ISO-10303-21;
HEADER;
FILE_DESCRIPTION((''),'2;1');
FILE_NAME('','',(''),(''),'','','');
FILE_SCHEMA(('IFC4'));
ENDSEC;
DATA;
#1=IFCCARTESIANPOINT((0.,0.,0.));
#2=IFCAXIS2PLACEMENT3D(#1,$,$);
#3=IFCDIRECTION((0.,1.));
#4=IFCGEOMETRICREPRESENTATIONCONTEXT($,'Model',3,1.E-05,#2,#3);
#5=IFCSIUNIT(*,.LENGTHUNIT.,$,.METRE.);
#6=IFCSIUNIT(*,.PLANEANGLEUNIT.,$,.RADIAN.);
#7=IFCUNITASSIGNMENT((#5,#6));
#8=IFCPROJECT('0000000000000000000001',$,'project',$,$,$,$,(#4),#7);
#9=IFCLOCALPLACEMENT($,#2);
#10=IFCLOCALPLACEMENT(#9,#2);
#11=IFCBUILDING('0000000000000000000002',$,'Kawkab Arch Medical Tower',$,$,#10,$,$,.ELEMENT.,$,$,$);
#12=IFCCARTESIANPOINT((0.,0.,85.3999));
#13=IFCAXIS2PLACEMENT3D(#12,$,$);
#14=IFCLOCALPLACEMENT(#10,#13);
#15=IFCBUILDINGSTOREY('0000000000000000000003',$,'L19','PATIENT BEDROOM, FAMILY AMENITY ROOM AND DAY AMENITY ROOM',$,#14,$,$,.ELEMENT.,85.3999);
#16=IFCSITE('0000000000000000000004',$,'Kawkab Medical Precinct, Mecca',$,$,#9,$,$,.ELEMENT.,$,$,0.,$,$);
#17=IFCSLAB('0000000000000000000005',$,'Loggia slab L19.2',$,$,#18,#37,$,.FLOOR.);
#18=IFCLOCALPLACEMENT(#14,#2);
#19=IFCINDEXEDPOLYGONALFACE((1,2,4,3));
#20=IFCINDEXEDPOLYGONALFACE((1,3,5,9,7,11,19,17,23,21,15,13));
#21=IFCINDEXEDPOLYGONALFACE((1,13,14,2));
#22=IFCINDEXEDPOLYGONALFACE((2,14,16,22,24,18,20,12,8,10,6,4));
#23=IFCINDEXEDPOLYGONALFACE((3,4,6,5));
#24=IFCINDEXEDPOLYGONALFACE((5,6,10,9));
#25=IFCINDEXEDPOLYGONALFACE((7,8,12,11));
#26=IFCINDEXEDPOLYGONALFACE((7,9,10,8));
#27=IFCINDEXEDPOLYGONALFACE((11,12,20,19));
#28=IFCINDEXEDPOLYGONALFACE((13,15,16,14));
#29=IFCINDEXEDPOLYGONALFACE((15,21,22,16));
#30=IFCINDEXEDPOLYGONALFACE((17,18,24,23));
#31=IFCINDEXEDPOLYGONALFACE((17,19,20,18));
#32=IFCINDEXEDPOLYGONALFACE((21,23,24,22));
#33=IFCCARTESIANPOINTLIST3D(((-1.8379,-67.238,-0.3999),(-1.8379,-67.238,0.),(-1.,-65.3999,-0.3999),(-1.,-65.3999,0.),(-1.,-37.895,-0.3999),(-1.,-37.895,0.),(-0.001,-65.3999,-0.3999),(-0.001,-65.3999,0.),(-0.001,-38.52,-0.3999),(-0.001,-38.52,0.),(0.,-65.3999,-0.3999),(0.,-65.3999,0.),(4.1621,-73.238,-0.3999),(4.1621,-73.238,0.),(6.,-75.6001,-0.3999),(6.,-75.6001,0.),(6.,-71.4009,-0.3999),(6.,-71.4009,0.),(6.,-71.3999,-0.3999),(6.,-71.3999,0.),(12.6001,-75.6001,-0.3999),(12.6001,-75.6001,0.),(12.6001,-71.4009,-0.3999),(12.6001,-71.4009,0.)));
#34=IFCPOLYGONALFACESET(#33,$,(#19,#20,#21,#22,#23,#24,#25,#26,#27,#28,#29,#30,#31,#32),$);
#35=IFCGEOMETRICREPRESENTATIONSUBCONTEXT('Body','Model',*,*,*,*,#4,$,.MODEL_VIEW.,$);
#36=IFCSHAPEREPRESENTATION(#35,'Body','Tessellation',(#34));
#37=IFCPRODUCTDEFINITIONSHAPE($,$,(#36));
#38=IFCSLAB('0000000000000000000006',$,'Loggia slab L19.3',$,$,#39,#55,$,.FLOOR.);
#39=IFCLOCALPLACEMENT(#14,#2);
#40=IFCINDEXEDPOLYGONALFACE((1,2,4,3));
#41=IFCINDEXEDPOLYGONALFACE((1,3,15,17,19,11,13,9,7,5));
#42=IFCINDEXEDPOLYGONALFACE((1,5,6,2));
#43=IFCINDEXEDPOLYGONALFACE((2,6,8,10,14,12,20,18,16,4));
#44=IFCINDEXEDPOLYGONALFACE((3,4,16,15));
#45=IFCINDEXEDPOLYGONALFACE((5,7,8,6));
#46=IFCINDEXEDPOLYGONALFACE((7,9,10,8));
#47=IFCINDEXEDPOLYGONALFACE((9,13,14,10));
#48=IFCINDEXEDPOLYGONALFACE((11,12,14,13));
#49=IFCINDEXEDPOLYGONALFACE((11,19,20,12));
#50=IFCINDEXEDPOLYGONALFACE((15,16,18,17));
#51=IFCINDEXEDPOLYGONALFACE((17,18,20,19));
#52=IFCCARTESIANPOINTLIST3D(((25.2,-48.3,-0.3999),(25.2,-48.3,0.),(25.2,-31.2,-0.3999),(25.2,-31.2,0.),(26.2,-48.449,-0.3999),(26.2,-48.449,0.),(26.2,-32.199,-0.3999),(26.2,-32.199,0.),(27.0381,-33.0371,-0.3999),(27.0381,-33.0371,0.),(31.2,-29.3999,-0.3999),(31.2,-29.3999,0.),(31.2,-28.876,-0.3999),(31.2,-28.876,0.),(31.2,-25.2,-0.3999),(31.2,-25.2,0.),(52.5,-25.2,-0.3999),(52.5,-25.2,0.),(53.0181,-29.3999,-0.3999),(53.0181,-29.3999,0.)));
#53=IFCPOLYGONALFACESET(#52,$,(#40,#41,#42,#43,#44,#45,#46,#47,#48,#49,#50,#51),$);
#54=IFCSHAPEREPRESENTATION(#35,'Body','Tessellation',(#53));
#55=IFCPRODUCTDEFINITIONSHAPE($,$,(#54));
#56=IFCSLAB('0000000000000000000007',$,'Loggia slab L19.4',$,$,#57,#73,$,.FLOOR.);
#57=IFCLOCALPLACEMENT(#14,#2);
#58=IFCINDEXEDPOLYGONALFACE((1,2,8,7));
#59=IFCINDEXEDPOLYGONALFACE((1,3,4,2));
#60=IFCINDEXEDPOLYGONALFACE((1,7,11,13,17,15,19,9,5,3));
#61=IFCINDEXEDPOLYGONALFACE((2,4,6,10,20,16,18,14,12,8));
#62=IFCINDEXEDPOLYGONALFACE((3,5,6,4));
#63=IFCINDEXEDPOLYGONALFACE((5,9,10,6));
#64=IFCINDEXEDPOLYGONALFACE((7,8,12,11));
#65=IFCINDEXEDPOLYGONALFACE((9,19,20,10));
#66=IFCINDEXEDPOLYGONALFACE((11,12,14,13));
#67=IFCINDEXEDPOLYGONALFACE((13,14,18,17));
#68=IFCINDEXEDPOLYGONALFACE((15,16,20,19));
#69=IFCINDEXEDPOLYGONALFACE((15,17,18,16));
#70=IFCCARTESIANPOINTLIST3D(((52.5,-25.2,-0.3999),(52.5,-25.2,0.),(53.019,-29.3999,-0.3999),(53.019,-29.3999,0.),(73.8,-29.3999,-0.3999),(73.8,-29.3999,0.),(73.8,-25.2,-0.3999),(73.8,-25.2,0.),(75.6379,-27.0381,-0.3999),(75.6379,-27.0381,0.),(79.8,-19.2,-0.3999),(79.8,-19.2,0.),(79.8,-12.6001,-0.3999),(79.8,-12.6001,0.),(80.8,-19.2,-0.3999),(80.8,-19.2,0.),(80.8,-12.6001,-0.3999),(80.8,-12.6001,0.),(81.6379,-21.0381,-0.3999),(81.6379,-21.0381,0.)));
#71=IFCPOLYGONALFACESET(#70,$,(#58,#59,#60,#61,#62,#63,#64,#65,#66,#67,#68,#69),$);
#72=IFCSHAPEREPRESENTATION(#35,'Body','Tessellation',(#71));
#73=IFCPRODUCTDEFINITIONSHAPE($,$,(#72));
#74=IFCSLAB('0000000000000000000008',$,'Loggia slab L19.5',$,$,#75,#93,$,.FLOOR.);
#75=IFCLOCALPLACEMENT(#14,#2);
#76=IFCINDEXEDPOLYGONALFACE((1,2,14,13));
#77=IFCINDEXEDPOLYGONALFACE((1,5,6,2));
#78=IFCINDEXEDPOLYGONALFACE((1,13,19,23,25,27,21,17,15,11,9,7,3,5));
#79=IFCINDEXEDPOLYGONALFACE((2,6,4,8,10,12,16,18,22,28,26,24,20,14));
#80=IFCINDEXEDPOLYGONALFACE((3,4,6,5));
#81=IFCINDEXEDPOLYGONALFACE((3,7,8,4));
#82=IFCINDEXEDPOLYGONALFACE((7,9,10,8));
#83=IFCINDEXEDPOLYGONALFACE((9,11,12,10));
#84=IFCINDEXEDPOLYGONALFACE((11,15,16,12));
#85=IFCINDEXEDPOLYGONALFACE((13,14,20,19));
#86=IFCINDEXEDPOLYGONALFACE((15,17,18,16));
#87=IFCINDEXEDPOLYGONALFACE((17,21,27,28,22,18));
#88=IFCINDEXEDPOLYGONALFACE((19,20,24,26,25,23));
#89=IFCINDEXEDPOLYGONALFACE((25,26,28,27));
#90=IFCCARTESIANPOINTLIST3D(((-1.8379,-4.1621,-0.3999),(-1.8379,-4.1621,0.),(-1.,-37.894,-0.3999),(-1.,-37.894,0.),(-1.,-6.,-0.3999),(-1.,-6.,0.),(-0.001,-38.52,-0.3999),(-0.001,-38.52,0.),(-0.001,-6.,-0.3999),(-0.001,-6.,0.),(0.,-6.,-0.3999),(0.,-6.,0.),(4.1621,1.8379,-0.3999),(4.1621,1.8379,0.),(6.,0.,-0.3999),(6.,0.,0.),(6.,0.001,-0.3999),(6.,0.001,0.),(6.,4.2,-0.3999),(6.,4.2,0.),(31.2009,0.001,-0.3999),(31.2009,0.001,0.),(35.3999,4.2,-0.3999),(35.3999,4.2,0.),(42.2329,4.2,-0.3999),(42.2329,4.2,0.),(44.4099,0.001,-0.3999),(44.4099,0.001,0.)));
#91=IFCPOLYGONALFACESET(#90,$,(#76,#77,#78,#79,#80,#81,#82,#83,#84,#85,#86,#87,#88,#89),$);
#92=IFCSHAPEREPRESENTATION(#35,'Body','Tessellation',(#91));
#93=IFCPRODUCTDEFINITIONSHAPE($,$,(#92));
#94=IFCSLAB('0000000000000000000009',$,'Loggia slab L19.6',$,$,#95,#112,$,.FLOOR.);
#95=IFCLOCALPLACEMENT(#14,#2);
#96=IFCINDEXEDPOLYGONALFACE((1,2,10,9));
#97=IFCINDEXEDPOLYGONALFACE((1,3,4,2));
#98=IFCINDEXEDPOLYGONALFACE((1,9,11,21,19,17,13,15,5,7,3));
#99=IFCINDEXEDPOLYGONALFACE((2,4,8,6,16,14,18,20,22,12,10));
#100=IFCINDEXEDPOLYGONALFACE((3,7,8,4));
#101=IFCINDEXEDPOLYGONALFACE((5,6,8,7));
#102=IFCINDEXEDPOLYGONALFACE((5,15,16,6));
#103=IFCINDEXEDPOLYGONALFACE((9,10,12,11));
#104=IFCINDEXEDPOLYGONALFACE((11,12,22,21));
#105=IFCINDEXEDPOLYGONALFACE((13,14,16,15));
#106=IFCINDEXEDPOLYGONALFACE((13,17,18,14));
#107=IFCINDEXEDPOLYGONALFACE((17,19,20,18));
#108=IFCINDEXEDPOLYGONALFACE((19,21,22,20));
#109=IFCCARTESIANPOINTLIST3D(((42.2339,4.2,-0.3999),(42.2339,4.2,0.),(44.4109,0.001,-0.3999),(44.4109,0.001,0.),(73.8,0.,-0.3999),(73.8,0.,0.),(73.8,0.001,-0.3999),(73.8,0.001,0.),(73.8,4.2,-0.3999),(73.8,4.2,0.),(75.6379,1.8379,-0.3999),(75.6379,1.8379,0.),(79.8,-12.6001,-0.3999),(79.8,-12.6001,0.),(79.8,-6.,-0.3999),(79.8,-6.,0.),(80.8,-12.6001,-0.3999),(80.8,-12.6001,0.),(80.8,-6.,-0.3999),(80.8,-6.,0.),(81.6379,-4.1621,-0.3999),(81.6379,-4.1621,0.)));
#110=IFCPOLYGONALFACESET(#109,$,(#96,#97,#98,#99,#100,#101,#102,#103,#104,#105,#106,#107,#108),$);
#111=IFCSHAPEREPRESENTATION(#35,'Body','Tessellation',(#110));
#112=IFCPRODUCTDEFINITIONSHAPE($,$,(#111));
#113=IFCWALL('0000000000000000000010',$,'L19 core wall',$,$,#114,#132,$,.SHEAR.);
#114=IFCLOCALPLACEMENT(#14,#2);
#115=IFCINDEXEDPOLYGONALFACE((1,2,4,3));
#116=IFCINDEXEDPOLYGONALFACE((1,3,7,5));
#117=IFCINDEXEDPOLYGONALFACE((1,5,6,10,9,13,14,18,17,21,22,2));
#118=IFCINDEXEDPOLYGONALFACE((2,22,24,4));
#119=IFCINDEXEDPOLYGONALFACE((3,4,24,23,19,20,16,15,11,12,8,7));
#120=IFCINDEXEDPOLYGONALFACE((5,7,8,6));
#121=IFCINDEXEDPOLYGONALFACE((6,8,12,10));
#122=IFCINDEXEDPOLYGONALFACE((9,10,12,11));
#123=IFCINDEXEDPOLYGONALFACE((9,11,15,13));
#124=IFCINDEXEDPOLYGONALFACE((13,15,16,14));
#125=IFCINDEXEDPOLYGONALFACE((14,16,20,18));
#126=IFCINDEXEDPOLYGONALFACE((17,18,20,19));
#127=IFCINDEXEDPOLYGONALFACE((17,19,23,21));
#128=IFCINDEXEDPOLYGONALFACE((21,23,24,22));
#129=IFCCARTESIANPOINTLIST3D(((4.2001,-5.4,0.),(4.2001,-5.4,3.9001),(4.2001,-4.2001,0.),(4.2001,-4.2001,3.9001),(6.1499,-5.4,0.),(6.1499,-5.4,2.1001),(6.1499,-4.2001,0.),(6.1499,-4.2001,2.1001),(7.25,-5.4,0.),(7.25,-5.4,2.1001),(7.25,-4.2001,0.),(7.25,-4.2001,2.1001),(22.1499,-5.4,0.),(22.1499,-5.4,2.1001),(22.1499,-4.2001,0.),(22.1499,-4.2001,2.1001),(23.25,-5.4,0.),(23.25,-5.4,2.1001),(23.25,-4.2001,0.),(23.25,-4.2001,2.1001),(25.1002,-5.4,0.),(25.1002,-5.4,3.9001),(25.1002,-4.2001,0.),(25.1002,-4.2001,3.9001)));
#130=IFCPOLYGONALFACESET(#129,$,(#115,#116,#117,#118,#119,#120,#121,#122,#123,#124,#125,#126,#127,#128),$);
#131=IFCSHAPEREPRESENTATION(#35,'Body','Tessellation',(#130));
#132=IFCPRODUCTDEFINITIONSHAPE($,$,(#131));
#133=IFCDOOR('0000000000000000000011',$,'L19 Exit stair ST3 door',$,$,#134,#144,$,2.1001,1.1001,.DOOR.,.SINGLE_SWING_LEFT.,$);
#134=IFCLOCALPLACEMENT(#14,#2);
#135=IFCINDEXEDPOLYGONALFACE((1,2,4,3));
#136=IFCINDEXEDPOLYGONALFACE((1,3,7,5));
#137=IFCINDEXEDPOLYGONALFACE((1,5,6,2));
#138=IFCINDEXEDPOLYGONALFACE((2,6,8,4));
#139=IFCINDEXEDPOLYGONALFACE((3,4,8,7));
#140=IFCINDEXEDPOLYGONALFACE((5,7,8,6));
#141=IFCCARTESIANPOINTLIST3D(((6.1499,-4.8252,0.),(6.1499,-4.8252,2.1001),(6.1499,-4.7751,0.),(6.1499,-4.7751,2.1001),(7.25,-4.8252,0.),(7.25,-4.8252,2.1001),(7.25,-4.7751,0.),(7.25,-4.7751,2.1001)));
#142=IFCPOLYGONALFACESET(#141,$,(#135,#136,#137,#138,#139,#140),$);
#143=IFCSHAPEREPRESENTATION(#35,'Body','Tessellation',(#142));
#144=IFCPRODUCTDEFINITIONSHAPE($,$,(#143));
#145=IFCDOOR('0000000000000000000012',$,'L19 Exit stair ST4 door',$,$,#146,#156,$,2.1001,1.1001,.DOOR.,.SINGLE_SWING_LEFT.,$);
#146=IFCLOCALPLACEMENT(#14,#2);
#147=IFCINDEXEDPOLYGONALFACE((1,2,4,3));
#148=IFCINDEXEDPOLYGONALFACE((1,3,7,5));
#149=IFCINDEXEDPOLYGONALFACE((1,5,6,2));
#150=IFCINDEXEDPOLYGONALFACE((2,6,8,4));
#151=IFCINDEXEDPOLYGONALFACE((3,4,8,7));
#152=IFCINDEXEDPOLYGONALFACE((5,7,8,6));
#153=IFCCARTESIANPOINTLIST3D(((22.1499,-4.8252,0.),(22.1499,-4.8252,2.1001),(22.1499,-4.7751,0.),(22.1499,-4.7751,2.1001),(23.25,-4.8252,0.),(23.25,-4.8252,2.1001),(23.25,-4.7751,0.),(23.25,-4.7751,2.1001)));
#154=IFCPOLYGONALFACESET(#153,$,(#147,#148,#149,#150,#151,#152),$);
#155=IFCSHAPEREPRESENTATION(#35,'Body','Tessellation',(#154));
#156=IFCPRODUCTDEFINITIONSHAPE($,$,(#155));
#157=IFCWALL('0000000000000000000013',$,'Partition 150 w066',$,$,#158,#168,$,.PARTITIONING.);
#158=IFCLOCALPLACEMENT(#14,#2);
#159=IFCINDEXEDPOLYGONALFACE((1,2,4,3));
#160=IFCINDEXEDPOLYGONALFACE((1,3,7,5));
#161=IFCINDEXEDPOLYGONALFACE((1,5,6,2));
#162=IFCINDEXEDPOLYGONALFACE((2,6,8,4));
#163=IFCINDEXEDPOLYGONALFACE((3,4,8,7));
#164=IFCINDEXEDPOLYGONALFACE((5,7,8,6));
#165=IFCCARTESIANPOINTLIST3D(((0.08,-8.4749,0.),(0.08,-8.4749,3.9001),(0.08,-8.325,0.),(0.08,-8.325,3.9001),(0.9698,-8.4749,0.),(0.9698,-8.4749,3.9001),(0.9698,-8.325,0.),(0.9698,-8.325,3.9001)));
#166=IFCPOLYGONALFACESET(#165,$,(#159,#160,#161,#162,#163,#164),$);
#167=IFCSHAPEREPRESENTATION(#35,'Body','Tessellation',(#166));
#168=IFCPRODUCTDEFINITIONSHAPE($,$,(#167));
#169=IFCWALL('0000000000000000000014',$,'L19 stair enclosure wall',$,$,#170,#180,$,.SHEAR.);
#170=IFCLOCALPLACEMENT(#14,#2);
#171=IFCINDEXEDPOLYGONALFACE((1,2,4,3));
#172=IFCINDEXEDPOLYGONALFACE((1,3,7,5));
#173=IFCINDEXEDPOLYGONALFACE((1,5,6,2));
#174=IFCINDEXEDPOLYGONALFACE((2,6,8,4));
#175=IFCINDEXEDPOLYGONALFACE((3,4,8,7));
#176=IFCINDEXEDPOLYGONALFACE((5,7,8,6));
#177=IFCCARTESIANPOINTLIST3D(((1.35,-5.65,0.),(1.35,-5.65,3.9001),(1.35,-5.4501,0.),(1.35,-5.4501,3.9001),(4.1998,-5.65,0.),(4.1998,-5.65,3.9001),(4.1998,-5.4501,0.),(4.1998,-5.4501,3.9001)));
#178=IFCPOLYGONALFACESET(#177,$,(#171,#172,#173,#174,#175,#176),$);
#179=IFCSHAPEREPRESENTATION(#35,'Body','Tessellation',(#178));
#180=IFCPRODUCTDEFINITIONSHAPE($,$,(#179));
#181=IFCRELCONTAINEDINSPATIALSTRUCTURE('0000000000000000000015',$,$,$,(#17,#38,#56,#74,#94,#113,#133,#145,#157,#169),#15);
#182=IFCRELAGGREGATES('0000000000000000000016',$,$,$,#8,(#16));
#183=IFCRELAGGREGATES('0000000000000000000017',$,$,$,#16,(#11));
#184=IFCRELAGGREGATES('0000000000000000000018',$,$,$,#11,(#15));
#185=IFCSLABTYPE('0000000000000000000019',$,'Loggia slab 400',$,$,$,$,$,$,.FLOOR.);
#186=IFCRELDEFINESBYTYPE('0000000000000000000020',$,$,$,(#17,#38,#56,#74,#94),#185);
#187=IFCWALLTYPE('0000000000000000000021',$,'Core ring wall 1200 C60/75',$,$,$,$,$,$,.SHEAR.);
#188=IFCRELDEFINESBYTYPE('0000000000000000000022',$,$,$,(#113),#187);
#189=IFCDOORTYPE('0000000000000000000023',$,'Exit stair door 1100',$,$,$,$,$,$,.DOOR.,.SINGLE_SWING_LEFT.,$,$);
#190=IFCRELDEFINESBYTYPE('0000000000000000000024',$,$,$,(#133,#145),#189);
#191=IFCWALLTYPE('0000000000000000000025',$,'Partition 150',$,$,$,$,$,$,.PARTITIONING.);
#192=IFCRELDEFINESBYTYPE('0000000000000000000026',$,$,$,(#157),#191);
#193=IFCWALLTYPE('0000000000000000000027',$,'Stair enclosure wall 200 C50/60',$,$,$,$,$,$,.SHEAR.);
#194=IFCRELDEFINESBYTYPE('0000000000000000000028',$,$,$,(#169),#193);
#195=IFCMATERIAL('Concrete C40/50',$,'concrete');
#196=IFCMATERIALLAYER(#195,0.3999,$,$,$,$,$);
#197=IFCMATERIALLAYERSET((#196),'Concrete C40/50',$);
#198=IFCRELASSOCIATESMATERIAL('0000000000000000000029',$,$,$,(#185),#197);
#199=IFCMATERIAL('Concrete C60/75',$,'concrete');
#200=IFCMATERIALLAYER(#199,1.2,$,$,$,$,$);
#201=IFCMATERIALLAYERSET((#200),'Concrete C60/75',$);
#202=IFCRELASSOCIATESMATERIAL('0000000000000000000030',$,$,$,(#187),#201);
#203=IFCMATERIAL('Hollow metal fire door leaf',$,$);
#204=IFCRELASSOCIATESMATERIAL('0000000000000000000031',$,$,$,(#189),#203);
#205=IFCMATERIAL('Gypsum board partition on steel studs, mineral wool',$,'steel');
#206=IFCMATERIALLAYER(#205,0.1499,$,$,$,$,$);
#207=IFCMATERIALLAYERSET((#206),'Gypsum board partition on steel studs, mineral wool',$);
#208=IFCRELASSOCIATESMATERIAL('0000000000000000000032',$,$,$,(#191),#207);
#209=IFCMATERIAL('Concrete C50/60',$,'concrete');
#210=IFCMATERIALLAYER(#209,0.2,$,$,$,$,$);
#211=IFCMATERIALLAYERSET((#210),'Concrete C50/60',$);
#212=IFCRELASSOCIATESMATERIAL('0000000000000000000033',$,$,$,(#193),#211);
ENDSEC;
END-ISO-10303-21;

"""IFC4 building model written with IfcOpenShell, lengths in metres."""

from ifc_helpers import new_model, si_unit, direction, frame, frame_2d, origin, place, context, subcontext, project, spatial, polyline, rectangle, outline, extrude, material, layer, layer_set, type_object, element, fill, save


model = new_model("IFC4")

# Units and contexts
model_context = context("Model", 3, precision=1e-05, world=origin(), true_north=direction((0.0, 1.0)))
body_context = subcontext(model_context, "Body", "Model", "MODEL_VIEW")
ifc_project = project(units=[si_unit("LENGTHUNIT", "METRE"), si_unit("PLANEANGLEUNIT", "RADIAN")], contexts=[model_context])

# Site, building, storey
site_placement = place(None, origin())
site = spatial("IfcSite", under=ifc_project, at=site_placement, Name="Kawkab Medical Precinct, Mecca", CompositionType="ELEMENT", RefElevation=0.0)
building_placement = place(site_placement, origin())
building = spatial("IfcBuilding", under=site, at=building_placement, Name="Kawkab Arch Medical Tower", CompositionType="ELEMENT")
storey_placement = place(building_placement, frame((0.0, 0.0, 85.3999)))
storey = spatial("IfcBuildingStorey", under=building, at=storey_placement, Name="L19", Description="PATIENT BEDROOM, FAMILY AMENITY ROOM AND DAY AMENITY ROOM", CompositionType="ELEMENT", Elevation=85.3999)

# Slabs
ifc_material_1 = material(Name="Concrete C40/50", Category="concrete")
ifc_layer_1 = layer(ifc_material_1, 0.3999)
ifc_layer_set_1 = layer_set([ifc_layer_1], Name="Concrete C40/50")
slab_type_1 = type_object("IfcSlabType", Name="Loggia slab 400", PredefinedType="FLOOR", material=ifc_layer_set_1)
placement_1 = place(storey_placement, frame((0.0, 0.0, -0.3999)))
element("IfcSlab", 1, at=placement_1, inside=storey, type_object=slab_type_1, Name="Loggia slab L19.2", PredefinedType="FLOOR", context=body_context, shape_type="SweptSolid", body=[
    extrude(outline(polyline([(4.1621, -73.238), (-1.8379, -67.238), (-1.0, -65.3999), (-1.0, -37.895), (-0.001, -38.52), (-0.001, -65.3999), (0.0, -65.3999), (6.0, -71.3999), (6.0, -71.4009), (12.6001, -71.4009), (12.6001, -75.6001), (6.0, -75.6001), (4.1621, -73.238)])), origin(), (0.0, 0.0, 1.0), 0.3999),
])
element("IfcSlab", 2, at=placement_1, inside=storey, type_object=slab_type_1, Name="Loggia slab L19.3", PredefinedType="FLOOR", context=body_context, shape_type="SweptSolid", body=[
    extrude(outline(polyline([(31.2, -28.876), (27.0381, -33.0371), (26.2, -32.199), (26.2, -48.449), (25.2, -48.3), (25.2, -31.2), (31.2, -25.2), (52.5, -25.2), (53.0181, -29.3999), (31.2, -29.3999), (31.2, -28.876)])), origin(), (0.0, 0.0, 1.0), 0.3999),
])
element("IfcSlab", 3, at=placement_1, inside=storey, type_object=slab_type_1, Name="Loggia slab L19.4", PredefinedType="FLOOR", context=body_context, shape_type="SweptSolid", body=[
    extrude(outline(polyline([(81.6379, -21.0381), (75.6379, -27.0381), (73.8, -29.3999), (53.019, -29.3999), (52.5, -25.2), (73.8, -25.2), (79.8, -19.2), (79.8, -12.6001), (80.8, -12.6001), (80.8, -19.2), (81.6379, -21.0381)])), origin(), (0.0, 0.0, 1.0), 0.3999),
])
element("IfcSlab", 4, at=placement_1, inside=storey, type_object=slab_type_1, Name="Loggia slab L19.5", PredefinedType="FLOOR", context=body_context, shape_type="SweptSolid", body=[
    extrude(outline(polyline([(4.1621, 1.8379), (6.0, 4.2), (35.3999, 4.2), (42.2329, 4.2), (44.4099, 0.001), (31.2009, 0.001), (6.0, 0.001), (6.0, 0.0), (0.0, -6.0), (-0.001, -6.0), (-0.001, -38.52), (-1.0, -37.894), (-1.0, -6.0), (-1.8379, -4.1621), (4.1621, 1.8379)])), origin(), (0.0, 0.0, 1.0), 0.3999),
])
element("IfcSlab", 5, at=placement_1, inside=storey, type_object=slab_type_1, Name="Loggia slab L19.6", PredefinedType="FLOOR", context=body_context, shape_type="SweptSolid", body=[
    extrude(outline(polyline([(75.6379, 1.8379), (81.6379, -4.1621), (80.8, -6.0), (80.8, -12.6001), (79.8, -12.6001), (79.8, -6.0), (73.8, 0.0), (73.8, 0.001), (44.4109, 0.001), (42.2339, 4.2), (73.8, 4.2), (75.6379, 1.8379)])), origin(), (0.0, 0.0, 1.0), 0.3999),
])

# Wall, openings, doors
ifc_material_2 = material(Name="Concrete C60/75", Category="concrete")
ifc_layer_2 = layer(ifc_material_2, 1.2)
ifc_layer_set_2 = layer_set([ifc_layer_2], Name="Concrete C60/75")
wall_type_1 = type_object("IfcWallType", Name="Core ring wall 1200 C60/75", PredefinedType="SHEAR", material=ifc_layer_set_2)
wall_1_placement = place(storey_placement, frame((4.2, -4.8, 0.0), z_axis=(0.0, 0.0, 1.0), x_axis=(1.0, 0.0, 0.0)))
wall_1 = element("IfcWall", 6, at=wall_1_placement, inside=storey, type_object=wall_type_1, Name="L19 core wall", PredefinedType="SHEAR", context=body_context, shape_type="SweptSolid", body=[
    extrude(rectangle(XDim=20.9001, YDim=1.2, at=frame_2d((10.4502, 0.0))), origin(), (0.0, 0.0, 1.0), 3.9001),
])
opening_1_placement = place(wall_1_placement, frame((1.95, 0.0, 0.0)))
opening_1 = element("IfcOpeningElement", 7, at=opening_1_placement, cuts=wall_1, PredefinedType="OPENING", context=body_context, shape_type="SweptSolid", body=[
    extrude(rectangle(XDim=1.1001, YDim=2.1001, at=frame_2d((0.55, 1.05))), frame((0.0, 0.6099, 0.0), z_axis=(0.0, -1.0, 0.0), x_axis=(1.0, 0.0, 0.0)), (0.0, 0.0, 1.0), 1.22),
])
opening_2_placement = place(wall_1_placement, frame((17.95, 0.0, 0.0)))
opening_2 = element("IfcOpeningElement", 8, at=opening_2_placement, cuts=wall_1, PredefinedType="OPENING", context=body_context, shape_type="SweptSolid", body=[
    extrude(rectangle(XDim=1.1001, YDim=2.1001, at=frame_2d((0.55, 1.05))), frame((0.0, 0.6099, 0.0), z_axis=(0.0, -1.0, 0.0), x_axis=(1.0, 0.0, 0.0)), (0.0, 0.0, 1.0), 1.22),
])
ifc_material_3 = material(Name="Hollow metal fire door leaf")
door_type = type_object("IfcDoorType", Name="Exit stair door 1100", OperationType="SINGLE_SWING_LEFT", PredefinedType="DOOR", material=ifc_material_3)
door_1_placement = place(opening_1_placement, origin())
door_1 = element("IfcDoor", 9, at=door_1_placement, inside=storey, type_object=door_type, Name="L19 Exit stair ST3 door", OperationType="SINGLE_SWING_LEFT", OverallHeight=2.1001, OverallWidth=1.1001, PredefinedType="DOOR", context=body_context, shape_type="SweptSolid", body=[
    extrude(rectangle(XDim=1.1001, YDim=2.1001, at=frame_2d((0.55, 1.05))), frame((0.0, 0.0249, 0.0), z_axis=(0.0, -1.0, 0.0), x_axis=(1.0, 0.0, 0.0)), (0.0, 0.0, 1.0), 0.05),
])
fill(opening_1, door_1)
door_2_placement = place(opening_2_placement, origin())
door_2 = element("IfcDoor", 10, at=door_2_placement, inside=storey, type_object=door_type, Name="L19 Exit stair ST4 door", OperationType="SINGLE_SWING_LEFT", OverallHeight=2.1001, OverallWidth=1.1001, PredefinedType="DOOR", context=body_context, shape_type="SweptSolid", body=[
    extrude(rectangle(XDim=1.1001, YDim=2.1001, at=frame_2d((0.55, 1.05))), frame((0.0, 0.0249, 0.0), z_axis=(0.0, -1.0, 0.0), x_axis=(1.0, 0.0, 0.0)), (0.0, 0.0, 1.0), 0.05),
])
fill(opening_2, door_2)

# Walls
ifc_material_4 = material(Name="Gypsum board partition on steel studs, mineral wool", Category="steel")
ifc_layer_3 = layer(ifc_material_4, 0.1499)
ifc_layer_set_3 = layer_set([ifc_layer_3], Name="Gypsum board partition on steel studs, mineral wool")
wall_type_2 = type_object("IfcWallType", Name="Partition 150", PredefinedType="PARTITIONING", material=ifc_layer_set_3)
wall_2_placement = place(storey_placement, frame((0.0801, -8.3999, 0.0), z_axis=(0.0, 0.0, 1.0), x_axis=(1.0, 0.0, 0.0)))
element("IfcWall", 11, at=wall_2_placement, inside=storey, type_object=wall_type_2, Name="Partition 150 w066", PredefinedType="PARTITIONING", context=body_context, shape_type="SweptSolid", body=[
    extrude(rectangle(XDim=0.8899, YDim=0.1499, at=frame_2d((0.4448, 0.0))), origin(), (0.0, 0.0, 1.0), 3.9001),
])
ifc_material_5 = material(Name="Concrete C50/60", Category="concrete")
ifc_layer_4 = layer(ifc_material_5, 0.2)
ifc_layer_set_4 = layer_set([ifc_layer_4], Name="Concrete C50/60")
wall_type_3 = type_object("IfcWallType", Name="Stair enclosure wall 200 C50/60", PredefinedType="SHEAR", material=ifc_layer_set_4)
for number, where, z_axis, x_axis, name in (
    (12, (1.3501, -5.55, 0.0), (0.0, 0.0, 1.0), (1.0, 0.0, 0.0), "L19 stair enclosure wall"),
):
    element("IfcWall", number, at=place(storey_placement, frame(where, z_axis=z_axis, x_axis=x_axis)), inside=storey, type_object=wall_type_3, Name=name, PredefinedType="SHEAR", context=body_context, shape_type="SweptSolid", body=[
        extrude(rectangle(XDim=2.8499, YDim=0.2, at=frame_2d((1.4248, 0.0))), origin(), (0.0, 0.0, 1.0), 3.9001),
    ])

save(model, "model.ifc")
